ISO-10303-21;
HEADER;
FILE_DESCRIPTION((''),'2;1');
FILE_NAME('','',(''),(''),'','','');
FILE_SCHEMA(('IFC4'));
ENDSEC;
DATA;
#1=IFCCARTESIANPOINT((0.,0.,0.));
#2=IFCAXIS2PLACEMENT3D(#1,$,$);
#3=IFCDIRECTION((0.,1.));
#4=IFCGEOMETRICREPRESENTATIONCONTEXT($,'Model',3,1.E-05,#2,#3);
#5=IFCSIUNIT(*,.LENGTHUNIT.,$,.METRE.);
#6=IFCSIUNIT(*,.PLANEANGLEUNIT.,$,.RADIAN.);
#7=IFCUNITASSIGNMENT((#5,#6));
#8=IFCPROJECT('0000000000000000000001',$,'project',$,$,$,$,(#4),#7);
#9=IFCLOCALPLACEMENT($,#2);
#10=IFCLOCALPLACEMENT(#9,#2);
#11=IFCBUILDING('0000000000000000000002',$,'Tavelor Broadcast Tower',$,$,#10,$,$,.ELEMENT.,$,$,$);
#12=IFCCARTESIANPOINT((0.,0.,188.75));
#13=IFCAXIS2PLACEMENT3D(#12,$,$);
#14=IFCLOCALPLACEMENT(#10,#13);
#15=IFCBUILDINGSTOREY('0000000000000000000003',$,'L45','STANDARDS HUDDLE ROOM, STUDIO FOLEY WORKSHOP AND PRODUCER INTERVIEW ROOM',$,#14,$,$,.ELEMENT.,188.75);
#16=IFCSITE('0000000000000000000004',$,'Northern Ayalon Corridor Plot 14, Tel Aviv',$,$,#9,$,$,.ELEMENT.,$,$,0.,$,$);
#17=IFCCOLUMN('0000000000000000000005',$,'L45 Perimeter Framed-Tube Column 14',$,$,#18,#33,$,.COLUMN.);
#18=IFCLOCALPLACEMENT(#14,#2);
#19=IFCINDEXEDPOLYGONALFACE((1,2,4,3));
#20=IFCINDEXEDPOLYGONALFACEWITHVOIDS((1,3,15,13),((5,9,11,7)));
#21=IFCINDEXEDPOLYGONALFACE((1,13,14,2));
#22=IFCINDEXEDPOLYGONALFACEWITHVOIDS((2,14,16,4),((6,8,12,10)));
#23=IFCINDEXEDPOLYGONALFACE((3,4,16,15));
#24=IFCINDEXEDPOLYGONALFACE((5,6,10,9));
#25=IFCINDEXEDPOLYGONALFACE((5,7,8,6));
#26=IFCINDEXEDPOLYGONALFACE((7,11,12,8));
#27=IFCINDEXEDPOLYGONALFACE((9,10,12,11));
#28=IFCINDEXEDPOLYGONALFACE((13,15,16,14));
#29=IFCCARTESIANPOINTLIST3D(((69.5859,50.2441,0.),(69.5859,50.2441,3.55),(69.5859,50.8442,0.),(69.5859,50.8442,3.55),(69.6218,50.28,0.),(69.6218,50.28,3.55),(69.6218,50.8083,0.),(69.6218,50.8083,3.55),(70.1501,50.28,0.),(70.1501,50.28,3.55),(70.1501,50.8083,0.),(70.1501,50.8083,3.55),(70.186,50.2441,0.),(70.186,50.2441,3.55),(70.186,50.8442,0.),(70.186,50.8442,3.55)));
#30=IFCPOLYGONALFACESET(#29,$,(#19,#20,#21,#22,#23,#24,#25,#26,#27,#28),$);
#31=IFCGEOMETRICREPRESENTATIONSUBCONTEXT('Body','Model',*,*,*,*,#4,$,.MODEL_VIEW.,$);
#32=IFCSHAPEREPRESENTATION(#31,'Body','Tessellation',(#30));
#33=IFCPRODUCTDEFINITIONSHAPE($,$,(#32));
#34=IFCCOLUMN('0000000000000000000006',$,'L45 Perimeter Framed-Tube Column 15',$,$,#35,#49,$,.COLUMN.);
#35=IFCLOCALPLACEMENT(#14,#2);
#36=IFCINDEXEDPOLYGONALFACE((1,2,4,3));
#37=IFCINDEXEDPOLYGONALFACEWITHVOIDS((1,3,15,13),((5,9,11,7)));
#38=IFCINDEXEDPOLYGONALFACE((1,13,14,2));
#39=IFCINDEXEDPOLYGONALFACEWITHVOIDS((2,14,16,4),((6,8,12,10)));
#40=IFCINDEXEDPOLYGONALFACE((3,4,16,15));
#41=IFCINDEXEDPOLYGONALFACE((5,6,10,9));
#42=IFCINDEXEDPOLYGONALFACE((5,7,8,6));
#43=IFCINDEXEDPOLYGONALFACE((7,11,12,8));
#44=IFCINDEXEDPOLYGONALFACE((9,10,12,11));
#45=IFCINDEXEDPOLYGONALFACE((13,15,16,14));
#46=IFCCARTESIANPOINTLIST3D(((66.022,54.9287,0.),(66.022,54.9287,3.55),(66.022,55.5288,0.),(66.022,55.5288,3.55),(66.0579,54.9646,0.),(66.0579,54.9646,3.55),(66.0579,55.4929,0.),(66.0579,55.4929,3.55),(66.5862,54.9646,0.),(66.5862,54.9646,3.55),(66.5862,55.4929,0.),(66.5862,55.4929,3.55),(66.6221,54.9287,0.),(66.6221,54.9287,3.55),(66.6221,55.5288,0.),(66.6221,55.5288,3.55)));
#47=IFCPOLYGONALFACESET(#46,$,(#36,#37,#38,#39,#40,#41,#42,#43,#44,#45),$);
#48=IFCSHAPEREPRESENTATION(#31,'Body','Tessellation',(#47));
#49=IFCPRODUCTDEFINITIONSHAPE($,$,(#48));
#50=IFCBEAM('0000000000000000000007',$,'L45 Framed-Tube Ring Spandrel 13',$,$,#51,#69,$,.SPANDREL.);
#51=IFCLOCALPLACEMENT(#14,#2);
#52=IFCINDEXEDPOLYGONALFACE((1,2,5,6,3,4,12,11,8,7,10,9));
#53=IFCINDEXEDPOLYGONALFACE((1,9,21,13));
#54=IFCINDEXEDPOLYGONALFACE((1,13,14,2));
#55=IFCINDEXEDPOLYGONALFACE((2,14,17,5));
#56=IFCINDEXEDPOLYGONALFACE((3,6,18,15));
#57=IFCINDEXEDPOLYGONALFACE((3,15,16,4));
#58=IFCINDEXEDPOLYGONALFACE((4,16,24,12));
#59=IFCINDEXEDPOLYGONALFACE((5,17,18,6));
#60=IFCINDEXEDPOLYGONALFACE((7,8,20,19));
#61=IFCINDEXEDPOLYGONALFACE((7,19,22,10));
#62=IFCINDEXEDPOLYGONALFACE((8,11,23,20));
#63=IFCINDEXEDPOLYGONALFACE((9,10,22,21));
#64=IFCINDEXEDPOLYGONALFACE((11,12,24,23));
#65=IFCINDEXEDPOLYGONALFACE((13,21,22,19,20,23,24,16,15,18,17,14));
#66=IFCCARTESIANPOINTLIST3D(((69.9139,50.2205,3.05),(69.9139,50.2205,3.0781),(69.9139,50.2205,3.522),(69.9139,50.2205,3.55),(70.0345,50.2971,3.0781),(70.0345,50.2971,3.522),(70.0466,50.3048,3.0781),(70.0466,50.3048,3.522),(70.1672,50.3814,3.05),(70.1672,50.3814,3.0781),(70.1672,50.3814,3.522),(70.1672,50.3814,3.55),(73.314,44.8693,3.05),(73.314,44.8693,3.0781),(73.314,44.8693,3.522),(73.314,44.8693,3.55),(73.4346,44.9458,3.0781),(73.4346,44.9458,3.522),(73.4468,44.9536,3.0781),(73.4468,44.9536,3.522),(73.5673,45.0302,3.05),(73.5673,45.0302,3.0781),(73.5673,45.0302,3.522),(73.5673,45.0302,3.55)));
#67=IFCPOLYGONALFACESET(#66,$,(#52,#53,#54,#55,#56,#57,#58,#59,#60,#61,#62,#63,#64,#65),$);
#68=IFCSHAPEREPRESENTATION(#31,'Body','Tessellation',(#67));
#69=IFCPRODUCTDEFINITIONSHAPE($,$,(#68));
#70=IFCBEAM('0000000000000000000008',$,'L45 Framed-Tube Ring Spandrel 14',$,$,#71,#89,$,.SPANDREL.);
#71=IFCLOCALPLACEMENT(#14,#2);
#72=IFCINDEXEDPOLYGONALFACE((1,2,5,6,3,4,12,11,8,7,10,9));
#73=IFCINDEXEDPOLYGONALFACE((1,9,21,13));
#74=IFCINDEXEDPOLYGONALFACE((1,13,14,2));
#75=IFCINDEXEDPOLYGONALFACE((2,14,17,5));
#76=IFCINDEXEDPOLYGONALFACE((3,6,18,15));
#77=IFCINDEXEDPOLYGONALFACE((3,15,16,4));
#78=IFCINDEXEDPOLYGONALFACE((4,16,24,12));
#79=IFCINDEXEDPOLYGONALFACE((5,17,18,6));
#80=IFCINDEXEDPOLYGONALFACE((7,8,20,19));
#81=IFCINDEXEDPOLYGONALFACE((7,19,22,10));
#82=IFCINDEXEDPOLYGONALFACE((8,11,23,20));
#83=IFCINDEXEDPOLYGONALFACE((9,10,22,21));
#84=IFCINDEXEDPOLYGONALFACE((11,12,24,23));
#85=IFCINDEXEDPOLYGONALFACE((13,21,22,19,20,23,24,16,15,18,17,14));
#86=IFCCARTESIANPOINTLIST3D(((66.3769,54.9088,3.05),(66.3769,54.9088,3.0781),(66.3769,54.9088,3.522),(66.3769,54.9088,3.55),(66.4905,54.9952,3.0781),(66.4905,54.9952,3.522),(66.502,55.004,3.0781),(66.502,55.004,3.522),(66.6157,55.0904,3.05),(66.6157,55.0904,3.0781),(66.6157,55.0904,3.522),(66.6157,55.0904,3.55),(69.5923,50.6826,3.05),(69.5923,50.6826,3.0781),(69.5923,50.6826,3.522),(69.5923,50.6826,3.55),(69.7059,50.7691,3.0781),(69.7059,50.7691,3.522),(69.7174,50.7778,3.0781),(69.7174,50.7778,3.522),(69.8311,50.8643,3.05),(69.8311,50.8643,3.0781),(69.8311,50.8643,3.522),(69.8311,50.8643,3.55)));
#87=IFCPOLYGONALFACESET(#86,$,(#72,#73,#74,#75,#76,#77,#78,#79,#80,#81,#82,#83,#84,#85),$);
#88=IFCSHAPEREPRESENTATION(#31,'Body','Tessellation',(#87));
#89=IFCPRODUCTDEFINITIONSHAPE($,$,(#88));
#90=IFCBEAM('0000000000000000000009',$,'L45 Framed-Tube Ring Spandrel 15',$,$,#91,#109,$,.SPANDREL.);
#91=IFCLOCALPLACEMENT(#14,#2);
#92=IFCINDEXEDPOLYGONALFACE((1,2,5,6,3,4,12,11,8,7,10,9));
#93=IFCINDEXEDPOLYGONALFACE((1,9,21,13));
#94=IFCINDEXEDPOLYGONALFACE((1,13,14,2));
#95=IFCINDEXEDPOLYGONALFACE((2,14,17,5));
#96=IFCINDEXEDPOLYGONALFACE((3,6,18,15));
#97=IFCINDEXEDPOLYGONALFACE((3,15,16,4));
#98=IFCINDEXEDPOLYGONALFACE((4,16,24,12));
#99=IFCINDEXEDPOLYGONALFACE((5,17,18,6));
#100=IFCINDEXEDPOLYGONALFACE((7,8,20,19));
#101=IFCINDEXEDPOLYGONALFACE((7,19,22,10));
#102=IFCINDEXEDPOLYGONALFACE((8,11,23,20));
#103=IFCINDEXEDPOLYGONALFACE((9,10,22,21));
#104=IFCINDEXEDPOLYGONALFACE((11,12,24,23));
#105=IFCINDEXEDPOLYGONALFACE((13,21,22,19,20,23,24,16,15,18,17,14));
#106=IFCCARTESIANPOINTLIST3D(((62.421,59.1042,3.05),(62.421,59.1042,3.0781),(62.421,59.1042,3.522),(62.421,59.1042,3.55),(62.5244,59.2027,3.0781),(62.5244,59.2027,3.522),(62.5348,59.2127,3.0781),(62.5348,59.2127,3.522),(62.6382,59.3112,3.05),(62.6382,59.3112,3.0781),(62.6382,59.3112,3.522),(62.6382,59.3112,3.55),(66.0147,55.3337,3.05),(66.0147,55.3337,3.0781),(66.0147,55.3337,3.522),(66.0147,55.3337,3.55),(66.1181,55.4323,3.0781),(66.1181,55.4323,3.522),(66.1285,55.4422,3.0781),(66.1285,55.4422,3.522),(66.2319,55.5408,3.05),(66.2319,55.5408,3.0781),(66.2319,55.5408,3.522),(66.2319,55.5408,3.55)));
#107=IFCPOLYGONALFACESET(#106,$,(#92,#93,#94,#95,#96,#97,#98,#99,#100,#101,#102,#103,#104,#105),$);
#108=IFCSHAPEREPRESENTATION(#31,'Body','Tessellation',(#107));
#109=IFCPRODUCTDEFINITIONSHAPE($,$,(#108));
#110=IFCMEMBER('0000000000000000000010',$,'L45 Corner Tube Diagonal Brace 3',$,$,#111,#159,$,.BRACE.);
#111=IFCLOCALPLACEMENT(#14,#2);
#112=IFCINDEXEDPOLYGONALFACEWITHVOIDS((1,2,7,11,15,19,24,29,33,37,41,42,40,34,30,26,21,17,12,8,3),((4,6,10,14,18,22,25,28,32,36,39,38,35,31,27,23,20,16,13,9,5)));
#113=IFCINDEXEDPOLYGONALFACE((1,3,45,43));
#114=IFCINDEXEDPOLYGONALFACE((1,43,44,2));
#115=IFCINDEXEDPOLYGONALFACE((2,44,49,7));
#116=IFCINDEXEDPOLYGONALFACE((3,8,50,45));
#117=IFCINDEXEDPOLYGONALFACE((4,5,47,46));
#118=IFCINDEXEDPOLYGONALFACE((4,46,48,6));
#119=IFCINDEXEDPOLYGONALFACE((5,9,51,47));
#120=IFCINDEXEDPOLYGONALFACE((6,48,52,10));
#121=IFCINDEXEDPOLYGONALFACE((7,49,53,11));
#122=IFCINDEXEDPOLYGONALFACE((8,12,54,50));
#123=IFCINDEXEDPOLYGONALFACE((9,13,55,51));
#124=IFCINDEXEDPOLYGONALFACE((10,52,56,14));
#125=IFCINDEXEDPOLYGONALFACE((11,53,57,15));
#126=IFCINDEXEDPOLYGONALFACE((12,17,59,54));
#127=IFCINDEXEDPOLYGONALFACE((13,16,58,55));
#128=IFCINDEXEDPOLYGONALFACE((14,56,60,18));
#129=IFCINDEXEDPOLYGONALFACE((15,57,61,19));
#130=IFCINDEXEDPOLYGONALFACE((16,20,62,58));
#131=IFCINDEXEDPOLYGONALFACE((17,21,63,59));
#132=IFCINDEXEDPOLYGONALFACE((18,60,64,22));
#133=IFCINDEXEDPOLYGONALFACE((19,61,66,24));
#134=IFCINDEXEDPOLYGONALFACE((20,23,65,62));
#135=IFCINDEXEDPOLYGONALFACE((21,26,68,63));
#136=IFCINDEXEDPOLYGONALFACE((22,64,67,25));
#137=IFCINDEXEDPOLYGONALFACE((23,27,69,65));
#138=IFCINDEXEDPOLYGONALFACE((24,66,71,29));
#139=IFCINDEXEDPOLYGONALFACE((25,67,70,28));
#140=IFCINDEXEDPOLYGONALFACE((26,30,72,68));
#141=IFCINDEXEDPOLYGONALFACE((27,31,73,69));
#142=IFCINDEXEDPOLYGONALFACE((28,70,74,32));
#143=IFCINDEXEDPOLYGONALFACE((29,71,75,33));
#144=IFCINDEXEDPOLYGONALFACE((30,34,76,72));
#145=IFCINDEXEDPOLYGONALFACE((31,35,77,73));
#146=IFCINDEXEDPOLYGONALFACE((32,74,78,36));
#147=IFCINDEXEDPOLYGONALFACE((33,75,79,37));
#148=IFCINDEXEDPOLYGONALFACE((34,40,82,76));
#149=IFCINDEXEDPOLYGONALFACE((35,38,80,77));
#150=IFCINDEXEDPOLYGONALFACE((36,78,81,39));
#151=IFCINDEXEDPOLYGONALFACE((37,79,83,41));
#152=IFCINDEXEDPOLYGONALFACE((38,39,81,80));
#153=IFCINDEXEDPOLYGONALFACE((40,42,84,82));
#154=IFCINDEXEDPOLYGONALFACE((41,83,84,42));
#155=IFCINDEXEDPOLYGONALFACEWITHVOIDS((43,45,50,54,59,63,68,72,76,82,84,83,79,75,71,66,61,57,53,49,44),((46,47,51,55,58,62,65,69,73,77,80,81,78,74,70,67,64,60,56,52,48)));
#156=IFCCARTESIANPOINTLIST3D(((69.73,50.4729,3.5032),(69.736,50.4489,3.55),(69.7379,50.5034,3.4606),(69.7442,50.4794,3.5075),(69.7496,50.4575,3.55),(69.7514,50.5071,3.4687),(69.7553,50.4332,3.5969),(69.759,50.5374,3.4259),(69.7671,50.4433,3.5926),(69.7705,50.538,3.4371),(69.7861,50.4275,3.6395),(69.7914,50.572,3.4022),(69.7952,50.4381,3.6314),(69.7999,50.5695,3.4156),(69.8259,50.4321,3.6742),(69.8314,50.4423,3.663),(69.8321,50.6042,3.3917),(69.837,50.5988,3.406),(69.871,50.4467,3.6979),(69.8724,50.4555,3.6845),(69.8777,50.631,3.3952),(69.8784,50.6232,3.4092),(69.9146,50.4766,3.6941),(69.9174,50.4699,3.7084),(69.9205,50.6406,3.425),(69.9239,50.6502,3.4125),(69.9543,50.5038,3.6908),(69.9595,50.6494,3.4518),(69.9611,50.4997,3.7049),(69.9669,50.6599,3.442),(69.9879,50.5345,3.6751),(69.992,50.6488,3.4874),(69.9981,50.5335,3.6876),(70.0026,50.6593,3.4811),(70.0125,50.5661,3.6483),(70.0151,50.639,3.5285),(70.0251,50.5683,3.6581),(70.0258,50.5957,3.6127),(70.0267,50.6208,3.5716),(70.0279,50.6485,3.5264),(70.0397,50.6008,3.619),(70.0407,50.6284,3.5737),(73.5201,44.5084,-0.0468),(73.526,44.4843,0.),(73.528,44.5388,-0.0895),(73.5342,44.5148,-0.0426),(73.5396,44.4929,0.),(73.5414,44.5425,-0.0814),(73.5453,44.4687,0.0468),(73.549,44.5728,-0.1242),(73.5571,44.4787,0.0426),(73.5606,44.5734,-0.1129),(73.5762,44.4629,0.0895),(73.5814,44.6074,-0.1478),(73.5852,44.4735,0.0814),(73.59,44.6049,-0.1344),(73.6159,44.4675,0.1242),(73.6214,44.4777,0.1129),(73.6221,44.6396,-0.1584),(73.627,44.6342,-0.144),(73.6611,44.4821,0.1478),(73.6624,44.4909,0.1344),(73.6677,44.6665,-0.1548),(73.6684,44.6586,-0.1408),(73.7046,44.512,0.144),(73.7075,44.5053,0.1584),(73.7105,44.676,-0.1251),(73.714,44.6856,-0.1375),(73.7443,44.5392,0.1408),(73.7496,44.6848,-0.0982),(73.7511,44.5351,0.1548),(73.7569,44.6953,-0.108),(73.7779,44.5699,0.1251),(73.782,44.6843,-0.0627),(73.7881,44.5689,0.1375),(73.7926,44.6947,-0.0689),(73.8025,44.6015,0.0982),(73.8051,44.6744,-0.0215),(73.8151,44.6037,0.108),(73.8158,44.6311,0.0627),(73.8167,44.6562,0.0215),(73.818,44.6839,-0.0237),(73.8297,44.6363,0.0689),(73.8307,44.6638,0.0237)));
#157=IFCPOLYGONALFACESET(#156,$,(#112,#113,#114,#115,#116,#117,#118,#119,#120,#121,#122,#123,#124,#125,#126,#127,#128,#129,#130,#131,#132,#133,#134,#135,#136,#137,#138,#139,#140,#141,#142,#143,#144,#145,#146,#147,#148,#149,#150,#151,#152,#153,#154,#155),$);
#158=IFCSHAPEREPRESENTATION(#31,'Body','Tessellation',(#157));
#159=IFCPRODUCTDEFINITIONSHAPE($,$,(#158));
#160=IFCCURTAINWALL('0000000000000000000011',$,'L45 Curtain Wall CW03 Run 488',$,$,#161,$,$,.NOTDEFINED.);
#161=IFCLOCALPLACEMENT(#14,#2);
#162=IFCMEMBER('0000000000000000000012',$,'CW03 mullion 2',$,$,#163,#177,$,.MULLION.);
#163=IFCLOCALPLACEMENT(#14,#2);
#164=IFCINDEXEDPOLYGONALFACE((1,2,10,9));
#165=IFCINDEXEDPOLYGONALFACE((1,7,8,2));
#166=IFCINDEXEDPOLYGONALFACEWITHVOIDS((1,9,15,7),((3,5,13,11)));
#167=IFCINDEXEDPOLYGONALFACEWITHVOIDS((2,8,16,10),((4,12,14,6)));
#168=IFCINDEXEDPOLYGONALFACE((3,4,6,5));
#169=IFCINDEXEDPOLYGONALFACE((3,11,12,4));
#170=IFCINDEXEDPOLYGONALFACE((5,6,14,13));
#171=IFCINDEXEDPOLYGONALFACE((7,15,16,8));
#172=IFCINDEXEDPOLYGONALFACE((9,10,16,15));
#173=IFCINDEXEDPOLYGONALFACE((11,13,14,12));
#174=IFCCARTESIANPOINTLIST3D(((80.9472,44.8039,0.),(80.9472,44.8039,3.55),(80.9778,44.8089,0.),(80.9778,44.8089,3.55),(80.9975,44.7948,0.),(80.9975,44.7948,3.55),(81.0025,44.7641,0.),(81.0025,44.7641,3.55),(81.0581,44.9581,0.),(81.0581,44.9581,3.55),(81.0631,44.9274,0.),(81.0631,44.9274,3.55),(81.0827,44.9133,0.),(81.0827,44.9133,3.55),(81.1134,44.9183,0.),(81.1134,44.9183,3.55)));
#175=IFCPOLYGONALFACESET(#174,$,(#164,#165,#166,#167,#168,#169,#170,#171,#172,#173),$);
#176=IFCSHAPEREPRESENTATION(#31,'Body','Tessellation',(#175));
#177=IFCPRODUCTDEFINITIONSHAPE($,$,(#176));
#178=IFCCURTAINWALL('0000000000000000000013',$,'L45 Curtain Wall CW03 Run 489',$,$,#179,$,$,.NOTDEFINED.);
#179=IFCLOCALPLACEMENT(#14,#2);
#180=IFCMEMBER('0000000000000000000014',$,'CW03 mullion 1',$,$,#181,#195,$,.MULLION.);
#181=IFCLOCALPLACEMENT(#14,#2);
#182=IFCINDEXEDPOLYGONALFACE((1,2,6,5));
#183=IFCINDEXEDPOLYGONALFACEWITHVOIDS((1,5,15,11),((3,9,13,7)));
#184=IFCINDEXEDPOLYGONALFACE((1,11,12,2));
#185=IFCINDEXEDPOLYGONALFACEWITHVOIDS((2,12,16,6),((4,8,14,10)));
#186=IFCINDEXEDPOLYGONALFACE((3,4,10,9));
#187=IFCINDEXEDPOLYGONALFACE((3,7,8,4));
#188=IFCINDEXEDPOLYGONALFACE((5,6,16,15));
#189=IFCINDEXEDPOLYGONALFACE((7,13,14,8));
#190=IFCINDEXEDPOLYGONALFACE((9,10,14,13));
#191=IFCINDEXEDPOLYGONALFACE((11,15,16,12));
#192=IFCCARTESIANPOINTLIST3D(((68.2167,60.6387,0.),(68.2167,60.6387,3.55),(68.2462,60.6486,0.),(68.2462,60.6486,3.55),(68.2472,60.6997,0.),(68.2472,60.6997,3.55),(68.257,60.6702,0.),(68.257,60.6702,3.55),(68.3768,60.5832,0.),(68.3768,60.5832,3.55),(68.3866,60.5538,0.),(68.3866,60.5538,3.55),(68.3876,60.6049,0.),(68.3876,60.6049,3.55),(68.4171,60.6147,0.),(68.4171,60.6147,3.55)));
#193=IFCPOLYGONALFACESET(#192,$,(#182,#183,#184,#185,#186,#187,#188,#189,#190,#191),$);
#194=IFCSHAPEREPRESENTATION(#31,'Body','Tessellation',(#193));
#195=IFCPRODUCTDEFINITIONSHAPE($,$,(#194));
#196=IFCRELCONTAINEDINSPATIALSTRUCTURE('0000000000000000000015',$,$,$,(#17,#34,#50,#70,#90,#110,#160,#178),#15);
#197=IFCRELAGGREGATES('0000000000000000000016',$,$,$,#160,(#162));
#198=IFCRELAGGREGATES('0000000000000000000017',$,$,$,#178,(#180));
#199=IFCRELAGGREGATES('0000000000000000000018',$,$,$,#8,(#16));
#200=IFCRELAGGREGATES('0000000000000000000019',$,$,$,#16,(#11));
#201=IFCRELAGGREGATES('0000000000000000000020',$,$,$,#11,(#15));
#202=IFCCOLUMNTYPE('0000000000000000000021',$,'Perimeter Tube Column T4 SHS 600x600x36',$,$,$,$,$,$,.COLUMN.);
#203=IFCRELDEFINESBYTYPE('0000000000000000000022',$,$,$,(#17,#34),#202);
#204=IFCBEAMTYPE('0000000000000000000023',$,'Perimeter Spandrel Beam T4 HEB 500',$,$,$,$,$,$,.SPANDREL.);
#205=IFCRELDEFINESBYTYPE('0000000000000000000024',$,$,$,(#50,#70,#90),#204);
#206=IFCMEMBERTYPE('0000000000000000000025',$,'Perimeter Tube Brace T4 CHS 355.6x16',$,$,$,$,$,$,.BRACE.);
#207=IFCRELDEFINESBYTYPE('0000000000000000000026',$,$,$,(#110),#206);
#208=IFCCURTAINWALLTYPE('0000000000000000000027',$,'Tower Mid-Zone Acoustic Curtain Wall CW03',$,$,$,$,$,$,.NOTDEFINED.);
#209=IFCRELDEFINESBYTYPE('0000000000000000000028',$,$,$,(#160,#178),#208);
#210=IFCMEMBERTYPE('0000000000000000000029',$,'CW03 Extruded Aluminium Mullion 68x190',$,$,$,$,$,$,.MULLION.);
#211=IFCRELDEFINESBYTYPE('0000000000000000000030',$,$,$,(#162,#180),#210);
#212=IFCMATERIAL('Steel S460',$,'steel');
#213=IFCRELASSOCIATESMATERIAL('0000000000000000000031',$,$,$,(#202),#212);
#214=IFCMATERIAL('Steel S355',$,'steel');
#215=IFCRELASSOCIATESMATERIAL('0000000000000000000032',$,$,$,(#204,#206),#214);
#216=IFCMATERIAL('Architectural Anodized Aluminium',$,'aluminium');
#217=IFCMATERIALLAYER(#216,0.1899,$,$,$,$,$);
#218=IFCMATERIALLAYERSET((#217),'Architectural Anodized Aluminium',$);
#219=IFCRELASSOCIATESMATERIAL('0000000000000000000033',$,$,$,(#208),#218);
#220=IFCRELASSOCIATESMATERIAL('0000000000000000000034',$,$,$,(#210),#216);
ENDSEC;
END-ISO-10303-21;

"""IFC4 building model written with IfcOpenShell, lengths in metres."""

from ifc_helpers import new_model, si_unit, direction, frame, origin, origin_2d, place, context, subcontext, project, spatial, hollow_rectangle, hollow_circle, i_section, extrude, source, transform, mapped, material, layer, layer_set, material_profile, profile_set, type_object, type_shapes, element, aggregate, save


model = new_model("IFC4")

# Units and contexts
model_context = context("Model", 3, precision=1e-05, world=origin(), true_north=direction((0.0, 1.0)))
body_context = subcontext(model_context, "Body", "Model", "MODEL_VIEW")
ifc_project = project(units=[si_unit("LENGTHUNIT", "METRE"), si_unit("PLANEANGLEUNIT", "RADIAN")], contexts=[model_context])

# Site, building, storey
site_placement = place(None, origin())
site = spatial("IfcSite", under=ifc_project, at=site_placement, Name="Northern Ayalon Corridor Plot 14, Tel Aviv", CompositionType="ELEMENT", RefElevation=0.0)
building_placement = place(site_placement, origin())
building = spatial("IfcBuilding", under=site, at=building_placement, Name="Tavelor Broadcast Tower", CompositionType="ELEMENT")
storey_placement = place(building_placement, frame((0.0, 0.0, 188.75)))
storey = spatial("IfcBuildingStorey", under=building, at=storey_placement, Name="L45", Description="STANDARDS HUDDLE ROOM, STUDIO FOLEY WORKSHOP AND PRODUCER INTERVIEW ROOM", CompositionType="ELEMENT", Elevation=188.75)

# Columns
ifc_material_1 = material(Name="Steel S460", Category="steel")
ifc_material_profile_1 = material_profile(ifc_material_1, hollow_rectangle(XDim=0.6001, YDim=0.6001, WallThickness=0.0359, at=origin_2d()), Name="SHS 600x600x36")
ifc_profile_set_1 = profile_set([ifc_material_profile_1], Name="Steel S460")
column_type = type_object("IfcColumnType", Name="Perimeter Tube Column T4 SHS 600x600x36", PredefinedType="COLUMN", material=ifc_profile_set_1)
for number, where, z_axis, x_axis, name in (
    (1, (69.886, 50.5442, 0.0), (0.0, 0.0, 1.0), (1.0, 0.0, 0.0), "L45 Perimeter Framed-Tube Column 14"),
    (2, (66.322, 55.2288, 0.0), (0.0, 0.0, 1.0), (1.0, 0.0, 0.0), "L45 Perimeter Framed-Tube Column 15"),
):
    element("IfcColumn", number, at=place(storey_placement, frame(where, z_axis=z_axis, x_axis=x_axis)), inside=storey, type_object=column_type, Name=name, PredefinedType="COLUMN", context=body_context, shape_type="SweptSolid", body=[
        extrude(hollow_rectangle(XDim=0.6001, YDim=0.6001, WallThickness=0.0359, at=origin_2d()), origin(), (0.0, 0.0, 1.0), 3.55),
    ])

# Beams
ifc_material_2 = material(Name="Steel S355", Category="steel")
ifc_material_profile_2 = material_profile(ifc_material_2, i_section(OverallWidth=0.3, OverallDepth=0.5, WebThickness=0.0144, FlangeThickness=0.0281, at=origin_2d()), Name="HEB 500")
ifc_profile_set_2 = profile_set([ifc_material_profile_2], Name="Steel S355")
beam_type = type_object("IfcBeamType", Name="Perimeter Spandrel Beam T4 HEB 500", PredefinedType="SPANDREL", material=ifc_profile_set_2)
beam_1_placement = place(storey_placement, frame((73.4407, 44.9497, 3.3), z_axis=(-0.536287, 0.844035, 0.0), x_axis=(-0.844035, -0.536287, 0.0)))
element("IfcBeam", 3, at=beam_1_placement, inside=storey, type_object=beam_type, Name="L45 Framed-Tube Ring Spandrel 13", PredefinedType="SPANDREL", context=body_context, shape_type="SweptSolid", body=[
    extrude(i_section(OverallWidth=0.3, OverallDepth=0.5, WebThickness=0.0144, FlangeThickness=0.0281, at=origin_2d()), origin(), (0.0, 0.0, 1.0), 6.3401),
])
beam_2_placement = place(storey_placement, frame((69.7117, 50.7734, 3.3), z_axis=(-0.605503, 0.795843, 0.0), x_axis=(-0.795843, -0.605503, 0.0)))
element("IfcBeam", 4, at=beam_2_placement, inside=storey, type_object=beam_type, Name="L45 Framed-Tube Ring Spandrel 14", PredefinedType="SPANDREL", context=body_context, shape_type="SweptSolid", body=[
    extrude(i_section(OverallWidth=0.3, OverallDepth=0.5, WebThickness=0.0144, FlangeThickness=0.0281, at=origin_2d()), origin(), (0.0, 0.0, 1.0), 5.3103),
])
beam_3_placement = place(storey_placement, frame((66.1233, 55.4373, 3.3), z_axis=(-0.689936, 0.72387, 0.0), x_axis=(-0.72387, -0.689936, 0.0)))
element("IfcBeam", 5, at=beam_3_placement, inside=storey, type_object=beam_type, Name="L45 Framed-Tube Ring Spandrel 15", PredefinedType="SPANDREL", context=body_context, shape_type="SweptSolid", body=[
    extrude(i_section(OverallWidth=0.3, OverallDepth=0.5, WebThickness=0.0144, FlangeThickness=0.0281, at=origin_2d()), origin(), (0.0, 0.0, 1.0), 5.2087),
])

# Member
ifc_material_profile_3 = material_profile(ifc_material_2, hollow_circle(Radius=0.1777, WallThickness=0.0161, at=origin_2d()), Name="CHS 355.6x16")
ifc_profile_set_3 = profile_set([ifc_material_profile_3], Name="Steel S355")
member_type_1 = type_object("IfcMemberType", Name="Perimeter Tube Brace T4 CHS 355.6x16", PredefinedType="BRACE", material=ifc_profile_set_3)
member_1_placement = place(storey_placement, frame((73.676, 44.5796, 0.0), z_axis=(-0.479239, 0.754205, 0.448893), x_axis=(-0.844021, -0.53631, 0.0)))
element("IfcMember", 6, at=member_1_placement, inside=storey, type_object=member_type_1, Name="L45 Corner Tube Diagonal Brace 3", PredefinedType="BRACE", context=body_context, shape_type="SweptSolid", body=[
    extrude(hollow_circle(Radius=0.1777, WallThickness=0.0161, at=origin_2d()), origin(), (0.0, 0.0, 1.0), 7.9084),
])

# Curtain wall, member
ifc_material_3 = material(Name="Architectural Anodized Aluminium", Category="aluminium")
ifc_layer_1 = layer(ifc_material_3, 0.1899)
ifc_layer_set_1 = layer_set([ifc_layer_1], Name="Architectural Anodized Aluminium")
curtain_wall_type = type_object("IfcCurtainWallType", Name="Tower Mid-Zone Acoustic Curtain Wall CW03", PredefinedType="NOTDEFINED", material=ifc_layer_set_1)
curtain_wall_1_placement = place(storey_placement, origin())
curtain_wall_1 = element("IfcCurtainWall", 7, at=curtain_wall_1_placement, inside=storey, type_object=curtain_wall_type, Name="L45 Curtain Wall CW03 Run 488", PredefinedType="NOTDEFINED")
ifc_material_profile_4 = material_profile(ifc_material_3, hollow_rectangle(XDim=0.0681, YDim=0.1899, WallThickness=0.022, at=origin_2d()), Name="RHS 68x190x22")
ifc_profile_set_4 = profile_set([ifc_material_profile_4], Name="Architectural Anodized Aluminium")
member_type_2 = type_object("IfcMemberType", Name="CW03 Extruded Aluminium Mullion 68x190", PredefinedType="MULLION", material=ifc_profile_set_4)
shared_shape_1 = source(origin(), body_context, "Body", "SweptSolid", [
    extrude(hollow_rectangle(XDim=0.0681, YDim=0.1899, WallThickness=0.022, at=origin_2d()), origin(), (0.0, 0.0, 1.0), 3.55),
])
type_shapes(member_type_2, [shared_shape_1])
member_2_placement = place(storey_placement, frame((81.0303, 44.8611, 0.0), z_axis=(0.0, 0.0, 1.0), x_axis=(-0.811852, 0.583863, 0.0)))
member_2 = element("IfcMember", 8, at=member_2_placement, type_object=member_type_2, Name="CW03 mullion 2", PredefinedType="MULLION", context=body_context, shape_type="MappedRepresentation", body=[
    mapped(shared_shape_1, transform((0.0, 0.0, 0.0), scale=1.0)),
])
aggregate(curtain_wall_1, [member_2])

# Curtain wall, member
curtain_wall_2_placement = place(storey_placement, origin())
curtain_wall_2 = element("IfcCurtainWall", 9, at=curtain_wall_2_placement, inside=storey, type_object=curtain_wall_type, Name="L45 Curtain Wall CW03 Run 489", PredefinedType="NOTDEFINED")
member_3_placement = place(storey_placement, frame((68.3169, 60.6267, 0.0), z_axis=(0.0, 0.0, 1.0), x_axis=(-0.44737, -0.894349, 0.0)))
member_3 = element("IfcMember", 10, at=member_3_placement, type_object=member_type_2, Name="CW03 mullion 1", PredefinedType="MULLION", context=body_context, shape_type="MappedRepresentation", body=[
    mapped(shared_shape_1, transform((0.0, 0.0, 0.0), scale=1.0)),
])
aggregate(curtain_wall_2, [member_3])

save(model, "model.ifc")
